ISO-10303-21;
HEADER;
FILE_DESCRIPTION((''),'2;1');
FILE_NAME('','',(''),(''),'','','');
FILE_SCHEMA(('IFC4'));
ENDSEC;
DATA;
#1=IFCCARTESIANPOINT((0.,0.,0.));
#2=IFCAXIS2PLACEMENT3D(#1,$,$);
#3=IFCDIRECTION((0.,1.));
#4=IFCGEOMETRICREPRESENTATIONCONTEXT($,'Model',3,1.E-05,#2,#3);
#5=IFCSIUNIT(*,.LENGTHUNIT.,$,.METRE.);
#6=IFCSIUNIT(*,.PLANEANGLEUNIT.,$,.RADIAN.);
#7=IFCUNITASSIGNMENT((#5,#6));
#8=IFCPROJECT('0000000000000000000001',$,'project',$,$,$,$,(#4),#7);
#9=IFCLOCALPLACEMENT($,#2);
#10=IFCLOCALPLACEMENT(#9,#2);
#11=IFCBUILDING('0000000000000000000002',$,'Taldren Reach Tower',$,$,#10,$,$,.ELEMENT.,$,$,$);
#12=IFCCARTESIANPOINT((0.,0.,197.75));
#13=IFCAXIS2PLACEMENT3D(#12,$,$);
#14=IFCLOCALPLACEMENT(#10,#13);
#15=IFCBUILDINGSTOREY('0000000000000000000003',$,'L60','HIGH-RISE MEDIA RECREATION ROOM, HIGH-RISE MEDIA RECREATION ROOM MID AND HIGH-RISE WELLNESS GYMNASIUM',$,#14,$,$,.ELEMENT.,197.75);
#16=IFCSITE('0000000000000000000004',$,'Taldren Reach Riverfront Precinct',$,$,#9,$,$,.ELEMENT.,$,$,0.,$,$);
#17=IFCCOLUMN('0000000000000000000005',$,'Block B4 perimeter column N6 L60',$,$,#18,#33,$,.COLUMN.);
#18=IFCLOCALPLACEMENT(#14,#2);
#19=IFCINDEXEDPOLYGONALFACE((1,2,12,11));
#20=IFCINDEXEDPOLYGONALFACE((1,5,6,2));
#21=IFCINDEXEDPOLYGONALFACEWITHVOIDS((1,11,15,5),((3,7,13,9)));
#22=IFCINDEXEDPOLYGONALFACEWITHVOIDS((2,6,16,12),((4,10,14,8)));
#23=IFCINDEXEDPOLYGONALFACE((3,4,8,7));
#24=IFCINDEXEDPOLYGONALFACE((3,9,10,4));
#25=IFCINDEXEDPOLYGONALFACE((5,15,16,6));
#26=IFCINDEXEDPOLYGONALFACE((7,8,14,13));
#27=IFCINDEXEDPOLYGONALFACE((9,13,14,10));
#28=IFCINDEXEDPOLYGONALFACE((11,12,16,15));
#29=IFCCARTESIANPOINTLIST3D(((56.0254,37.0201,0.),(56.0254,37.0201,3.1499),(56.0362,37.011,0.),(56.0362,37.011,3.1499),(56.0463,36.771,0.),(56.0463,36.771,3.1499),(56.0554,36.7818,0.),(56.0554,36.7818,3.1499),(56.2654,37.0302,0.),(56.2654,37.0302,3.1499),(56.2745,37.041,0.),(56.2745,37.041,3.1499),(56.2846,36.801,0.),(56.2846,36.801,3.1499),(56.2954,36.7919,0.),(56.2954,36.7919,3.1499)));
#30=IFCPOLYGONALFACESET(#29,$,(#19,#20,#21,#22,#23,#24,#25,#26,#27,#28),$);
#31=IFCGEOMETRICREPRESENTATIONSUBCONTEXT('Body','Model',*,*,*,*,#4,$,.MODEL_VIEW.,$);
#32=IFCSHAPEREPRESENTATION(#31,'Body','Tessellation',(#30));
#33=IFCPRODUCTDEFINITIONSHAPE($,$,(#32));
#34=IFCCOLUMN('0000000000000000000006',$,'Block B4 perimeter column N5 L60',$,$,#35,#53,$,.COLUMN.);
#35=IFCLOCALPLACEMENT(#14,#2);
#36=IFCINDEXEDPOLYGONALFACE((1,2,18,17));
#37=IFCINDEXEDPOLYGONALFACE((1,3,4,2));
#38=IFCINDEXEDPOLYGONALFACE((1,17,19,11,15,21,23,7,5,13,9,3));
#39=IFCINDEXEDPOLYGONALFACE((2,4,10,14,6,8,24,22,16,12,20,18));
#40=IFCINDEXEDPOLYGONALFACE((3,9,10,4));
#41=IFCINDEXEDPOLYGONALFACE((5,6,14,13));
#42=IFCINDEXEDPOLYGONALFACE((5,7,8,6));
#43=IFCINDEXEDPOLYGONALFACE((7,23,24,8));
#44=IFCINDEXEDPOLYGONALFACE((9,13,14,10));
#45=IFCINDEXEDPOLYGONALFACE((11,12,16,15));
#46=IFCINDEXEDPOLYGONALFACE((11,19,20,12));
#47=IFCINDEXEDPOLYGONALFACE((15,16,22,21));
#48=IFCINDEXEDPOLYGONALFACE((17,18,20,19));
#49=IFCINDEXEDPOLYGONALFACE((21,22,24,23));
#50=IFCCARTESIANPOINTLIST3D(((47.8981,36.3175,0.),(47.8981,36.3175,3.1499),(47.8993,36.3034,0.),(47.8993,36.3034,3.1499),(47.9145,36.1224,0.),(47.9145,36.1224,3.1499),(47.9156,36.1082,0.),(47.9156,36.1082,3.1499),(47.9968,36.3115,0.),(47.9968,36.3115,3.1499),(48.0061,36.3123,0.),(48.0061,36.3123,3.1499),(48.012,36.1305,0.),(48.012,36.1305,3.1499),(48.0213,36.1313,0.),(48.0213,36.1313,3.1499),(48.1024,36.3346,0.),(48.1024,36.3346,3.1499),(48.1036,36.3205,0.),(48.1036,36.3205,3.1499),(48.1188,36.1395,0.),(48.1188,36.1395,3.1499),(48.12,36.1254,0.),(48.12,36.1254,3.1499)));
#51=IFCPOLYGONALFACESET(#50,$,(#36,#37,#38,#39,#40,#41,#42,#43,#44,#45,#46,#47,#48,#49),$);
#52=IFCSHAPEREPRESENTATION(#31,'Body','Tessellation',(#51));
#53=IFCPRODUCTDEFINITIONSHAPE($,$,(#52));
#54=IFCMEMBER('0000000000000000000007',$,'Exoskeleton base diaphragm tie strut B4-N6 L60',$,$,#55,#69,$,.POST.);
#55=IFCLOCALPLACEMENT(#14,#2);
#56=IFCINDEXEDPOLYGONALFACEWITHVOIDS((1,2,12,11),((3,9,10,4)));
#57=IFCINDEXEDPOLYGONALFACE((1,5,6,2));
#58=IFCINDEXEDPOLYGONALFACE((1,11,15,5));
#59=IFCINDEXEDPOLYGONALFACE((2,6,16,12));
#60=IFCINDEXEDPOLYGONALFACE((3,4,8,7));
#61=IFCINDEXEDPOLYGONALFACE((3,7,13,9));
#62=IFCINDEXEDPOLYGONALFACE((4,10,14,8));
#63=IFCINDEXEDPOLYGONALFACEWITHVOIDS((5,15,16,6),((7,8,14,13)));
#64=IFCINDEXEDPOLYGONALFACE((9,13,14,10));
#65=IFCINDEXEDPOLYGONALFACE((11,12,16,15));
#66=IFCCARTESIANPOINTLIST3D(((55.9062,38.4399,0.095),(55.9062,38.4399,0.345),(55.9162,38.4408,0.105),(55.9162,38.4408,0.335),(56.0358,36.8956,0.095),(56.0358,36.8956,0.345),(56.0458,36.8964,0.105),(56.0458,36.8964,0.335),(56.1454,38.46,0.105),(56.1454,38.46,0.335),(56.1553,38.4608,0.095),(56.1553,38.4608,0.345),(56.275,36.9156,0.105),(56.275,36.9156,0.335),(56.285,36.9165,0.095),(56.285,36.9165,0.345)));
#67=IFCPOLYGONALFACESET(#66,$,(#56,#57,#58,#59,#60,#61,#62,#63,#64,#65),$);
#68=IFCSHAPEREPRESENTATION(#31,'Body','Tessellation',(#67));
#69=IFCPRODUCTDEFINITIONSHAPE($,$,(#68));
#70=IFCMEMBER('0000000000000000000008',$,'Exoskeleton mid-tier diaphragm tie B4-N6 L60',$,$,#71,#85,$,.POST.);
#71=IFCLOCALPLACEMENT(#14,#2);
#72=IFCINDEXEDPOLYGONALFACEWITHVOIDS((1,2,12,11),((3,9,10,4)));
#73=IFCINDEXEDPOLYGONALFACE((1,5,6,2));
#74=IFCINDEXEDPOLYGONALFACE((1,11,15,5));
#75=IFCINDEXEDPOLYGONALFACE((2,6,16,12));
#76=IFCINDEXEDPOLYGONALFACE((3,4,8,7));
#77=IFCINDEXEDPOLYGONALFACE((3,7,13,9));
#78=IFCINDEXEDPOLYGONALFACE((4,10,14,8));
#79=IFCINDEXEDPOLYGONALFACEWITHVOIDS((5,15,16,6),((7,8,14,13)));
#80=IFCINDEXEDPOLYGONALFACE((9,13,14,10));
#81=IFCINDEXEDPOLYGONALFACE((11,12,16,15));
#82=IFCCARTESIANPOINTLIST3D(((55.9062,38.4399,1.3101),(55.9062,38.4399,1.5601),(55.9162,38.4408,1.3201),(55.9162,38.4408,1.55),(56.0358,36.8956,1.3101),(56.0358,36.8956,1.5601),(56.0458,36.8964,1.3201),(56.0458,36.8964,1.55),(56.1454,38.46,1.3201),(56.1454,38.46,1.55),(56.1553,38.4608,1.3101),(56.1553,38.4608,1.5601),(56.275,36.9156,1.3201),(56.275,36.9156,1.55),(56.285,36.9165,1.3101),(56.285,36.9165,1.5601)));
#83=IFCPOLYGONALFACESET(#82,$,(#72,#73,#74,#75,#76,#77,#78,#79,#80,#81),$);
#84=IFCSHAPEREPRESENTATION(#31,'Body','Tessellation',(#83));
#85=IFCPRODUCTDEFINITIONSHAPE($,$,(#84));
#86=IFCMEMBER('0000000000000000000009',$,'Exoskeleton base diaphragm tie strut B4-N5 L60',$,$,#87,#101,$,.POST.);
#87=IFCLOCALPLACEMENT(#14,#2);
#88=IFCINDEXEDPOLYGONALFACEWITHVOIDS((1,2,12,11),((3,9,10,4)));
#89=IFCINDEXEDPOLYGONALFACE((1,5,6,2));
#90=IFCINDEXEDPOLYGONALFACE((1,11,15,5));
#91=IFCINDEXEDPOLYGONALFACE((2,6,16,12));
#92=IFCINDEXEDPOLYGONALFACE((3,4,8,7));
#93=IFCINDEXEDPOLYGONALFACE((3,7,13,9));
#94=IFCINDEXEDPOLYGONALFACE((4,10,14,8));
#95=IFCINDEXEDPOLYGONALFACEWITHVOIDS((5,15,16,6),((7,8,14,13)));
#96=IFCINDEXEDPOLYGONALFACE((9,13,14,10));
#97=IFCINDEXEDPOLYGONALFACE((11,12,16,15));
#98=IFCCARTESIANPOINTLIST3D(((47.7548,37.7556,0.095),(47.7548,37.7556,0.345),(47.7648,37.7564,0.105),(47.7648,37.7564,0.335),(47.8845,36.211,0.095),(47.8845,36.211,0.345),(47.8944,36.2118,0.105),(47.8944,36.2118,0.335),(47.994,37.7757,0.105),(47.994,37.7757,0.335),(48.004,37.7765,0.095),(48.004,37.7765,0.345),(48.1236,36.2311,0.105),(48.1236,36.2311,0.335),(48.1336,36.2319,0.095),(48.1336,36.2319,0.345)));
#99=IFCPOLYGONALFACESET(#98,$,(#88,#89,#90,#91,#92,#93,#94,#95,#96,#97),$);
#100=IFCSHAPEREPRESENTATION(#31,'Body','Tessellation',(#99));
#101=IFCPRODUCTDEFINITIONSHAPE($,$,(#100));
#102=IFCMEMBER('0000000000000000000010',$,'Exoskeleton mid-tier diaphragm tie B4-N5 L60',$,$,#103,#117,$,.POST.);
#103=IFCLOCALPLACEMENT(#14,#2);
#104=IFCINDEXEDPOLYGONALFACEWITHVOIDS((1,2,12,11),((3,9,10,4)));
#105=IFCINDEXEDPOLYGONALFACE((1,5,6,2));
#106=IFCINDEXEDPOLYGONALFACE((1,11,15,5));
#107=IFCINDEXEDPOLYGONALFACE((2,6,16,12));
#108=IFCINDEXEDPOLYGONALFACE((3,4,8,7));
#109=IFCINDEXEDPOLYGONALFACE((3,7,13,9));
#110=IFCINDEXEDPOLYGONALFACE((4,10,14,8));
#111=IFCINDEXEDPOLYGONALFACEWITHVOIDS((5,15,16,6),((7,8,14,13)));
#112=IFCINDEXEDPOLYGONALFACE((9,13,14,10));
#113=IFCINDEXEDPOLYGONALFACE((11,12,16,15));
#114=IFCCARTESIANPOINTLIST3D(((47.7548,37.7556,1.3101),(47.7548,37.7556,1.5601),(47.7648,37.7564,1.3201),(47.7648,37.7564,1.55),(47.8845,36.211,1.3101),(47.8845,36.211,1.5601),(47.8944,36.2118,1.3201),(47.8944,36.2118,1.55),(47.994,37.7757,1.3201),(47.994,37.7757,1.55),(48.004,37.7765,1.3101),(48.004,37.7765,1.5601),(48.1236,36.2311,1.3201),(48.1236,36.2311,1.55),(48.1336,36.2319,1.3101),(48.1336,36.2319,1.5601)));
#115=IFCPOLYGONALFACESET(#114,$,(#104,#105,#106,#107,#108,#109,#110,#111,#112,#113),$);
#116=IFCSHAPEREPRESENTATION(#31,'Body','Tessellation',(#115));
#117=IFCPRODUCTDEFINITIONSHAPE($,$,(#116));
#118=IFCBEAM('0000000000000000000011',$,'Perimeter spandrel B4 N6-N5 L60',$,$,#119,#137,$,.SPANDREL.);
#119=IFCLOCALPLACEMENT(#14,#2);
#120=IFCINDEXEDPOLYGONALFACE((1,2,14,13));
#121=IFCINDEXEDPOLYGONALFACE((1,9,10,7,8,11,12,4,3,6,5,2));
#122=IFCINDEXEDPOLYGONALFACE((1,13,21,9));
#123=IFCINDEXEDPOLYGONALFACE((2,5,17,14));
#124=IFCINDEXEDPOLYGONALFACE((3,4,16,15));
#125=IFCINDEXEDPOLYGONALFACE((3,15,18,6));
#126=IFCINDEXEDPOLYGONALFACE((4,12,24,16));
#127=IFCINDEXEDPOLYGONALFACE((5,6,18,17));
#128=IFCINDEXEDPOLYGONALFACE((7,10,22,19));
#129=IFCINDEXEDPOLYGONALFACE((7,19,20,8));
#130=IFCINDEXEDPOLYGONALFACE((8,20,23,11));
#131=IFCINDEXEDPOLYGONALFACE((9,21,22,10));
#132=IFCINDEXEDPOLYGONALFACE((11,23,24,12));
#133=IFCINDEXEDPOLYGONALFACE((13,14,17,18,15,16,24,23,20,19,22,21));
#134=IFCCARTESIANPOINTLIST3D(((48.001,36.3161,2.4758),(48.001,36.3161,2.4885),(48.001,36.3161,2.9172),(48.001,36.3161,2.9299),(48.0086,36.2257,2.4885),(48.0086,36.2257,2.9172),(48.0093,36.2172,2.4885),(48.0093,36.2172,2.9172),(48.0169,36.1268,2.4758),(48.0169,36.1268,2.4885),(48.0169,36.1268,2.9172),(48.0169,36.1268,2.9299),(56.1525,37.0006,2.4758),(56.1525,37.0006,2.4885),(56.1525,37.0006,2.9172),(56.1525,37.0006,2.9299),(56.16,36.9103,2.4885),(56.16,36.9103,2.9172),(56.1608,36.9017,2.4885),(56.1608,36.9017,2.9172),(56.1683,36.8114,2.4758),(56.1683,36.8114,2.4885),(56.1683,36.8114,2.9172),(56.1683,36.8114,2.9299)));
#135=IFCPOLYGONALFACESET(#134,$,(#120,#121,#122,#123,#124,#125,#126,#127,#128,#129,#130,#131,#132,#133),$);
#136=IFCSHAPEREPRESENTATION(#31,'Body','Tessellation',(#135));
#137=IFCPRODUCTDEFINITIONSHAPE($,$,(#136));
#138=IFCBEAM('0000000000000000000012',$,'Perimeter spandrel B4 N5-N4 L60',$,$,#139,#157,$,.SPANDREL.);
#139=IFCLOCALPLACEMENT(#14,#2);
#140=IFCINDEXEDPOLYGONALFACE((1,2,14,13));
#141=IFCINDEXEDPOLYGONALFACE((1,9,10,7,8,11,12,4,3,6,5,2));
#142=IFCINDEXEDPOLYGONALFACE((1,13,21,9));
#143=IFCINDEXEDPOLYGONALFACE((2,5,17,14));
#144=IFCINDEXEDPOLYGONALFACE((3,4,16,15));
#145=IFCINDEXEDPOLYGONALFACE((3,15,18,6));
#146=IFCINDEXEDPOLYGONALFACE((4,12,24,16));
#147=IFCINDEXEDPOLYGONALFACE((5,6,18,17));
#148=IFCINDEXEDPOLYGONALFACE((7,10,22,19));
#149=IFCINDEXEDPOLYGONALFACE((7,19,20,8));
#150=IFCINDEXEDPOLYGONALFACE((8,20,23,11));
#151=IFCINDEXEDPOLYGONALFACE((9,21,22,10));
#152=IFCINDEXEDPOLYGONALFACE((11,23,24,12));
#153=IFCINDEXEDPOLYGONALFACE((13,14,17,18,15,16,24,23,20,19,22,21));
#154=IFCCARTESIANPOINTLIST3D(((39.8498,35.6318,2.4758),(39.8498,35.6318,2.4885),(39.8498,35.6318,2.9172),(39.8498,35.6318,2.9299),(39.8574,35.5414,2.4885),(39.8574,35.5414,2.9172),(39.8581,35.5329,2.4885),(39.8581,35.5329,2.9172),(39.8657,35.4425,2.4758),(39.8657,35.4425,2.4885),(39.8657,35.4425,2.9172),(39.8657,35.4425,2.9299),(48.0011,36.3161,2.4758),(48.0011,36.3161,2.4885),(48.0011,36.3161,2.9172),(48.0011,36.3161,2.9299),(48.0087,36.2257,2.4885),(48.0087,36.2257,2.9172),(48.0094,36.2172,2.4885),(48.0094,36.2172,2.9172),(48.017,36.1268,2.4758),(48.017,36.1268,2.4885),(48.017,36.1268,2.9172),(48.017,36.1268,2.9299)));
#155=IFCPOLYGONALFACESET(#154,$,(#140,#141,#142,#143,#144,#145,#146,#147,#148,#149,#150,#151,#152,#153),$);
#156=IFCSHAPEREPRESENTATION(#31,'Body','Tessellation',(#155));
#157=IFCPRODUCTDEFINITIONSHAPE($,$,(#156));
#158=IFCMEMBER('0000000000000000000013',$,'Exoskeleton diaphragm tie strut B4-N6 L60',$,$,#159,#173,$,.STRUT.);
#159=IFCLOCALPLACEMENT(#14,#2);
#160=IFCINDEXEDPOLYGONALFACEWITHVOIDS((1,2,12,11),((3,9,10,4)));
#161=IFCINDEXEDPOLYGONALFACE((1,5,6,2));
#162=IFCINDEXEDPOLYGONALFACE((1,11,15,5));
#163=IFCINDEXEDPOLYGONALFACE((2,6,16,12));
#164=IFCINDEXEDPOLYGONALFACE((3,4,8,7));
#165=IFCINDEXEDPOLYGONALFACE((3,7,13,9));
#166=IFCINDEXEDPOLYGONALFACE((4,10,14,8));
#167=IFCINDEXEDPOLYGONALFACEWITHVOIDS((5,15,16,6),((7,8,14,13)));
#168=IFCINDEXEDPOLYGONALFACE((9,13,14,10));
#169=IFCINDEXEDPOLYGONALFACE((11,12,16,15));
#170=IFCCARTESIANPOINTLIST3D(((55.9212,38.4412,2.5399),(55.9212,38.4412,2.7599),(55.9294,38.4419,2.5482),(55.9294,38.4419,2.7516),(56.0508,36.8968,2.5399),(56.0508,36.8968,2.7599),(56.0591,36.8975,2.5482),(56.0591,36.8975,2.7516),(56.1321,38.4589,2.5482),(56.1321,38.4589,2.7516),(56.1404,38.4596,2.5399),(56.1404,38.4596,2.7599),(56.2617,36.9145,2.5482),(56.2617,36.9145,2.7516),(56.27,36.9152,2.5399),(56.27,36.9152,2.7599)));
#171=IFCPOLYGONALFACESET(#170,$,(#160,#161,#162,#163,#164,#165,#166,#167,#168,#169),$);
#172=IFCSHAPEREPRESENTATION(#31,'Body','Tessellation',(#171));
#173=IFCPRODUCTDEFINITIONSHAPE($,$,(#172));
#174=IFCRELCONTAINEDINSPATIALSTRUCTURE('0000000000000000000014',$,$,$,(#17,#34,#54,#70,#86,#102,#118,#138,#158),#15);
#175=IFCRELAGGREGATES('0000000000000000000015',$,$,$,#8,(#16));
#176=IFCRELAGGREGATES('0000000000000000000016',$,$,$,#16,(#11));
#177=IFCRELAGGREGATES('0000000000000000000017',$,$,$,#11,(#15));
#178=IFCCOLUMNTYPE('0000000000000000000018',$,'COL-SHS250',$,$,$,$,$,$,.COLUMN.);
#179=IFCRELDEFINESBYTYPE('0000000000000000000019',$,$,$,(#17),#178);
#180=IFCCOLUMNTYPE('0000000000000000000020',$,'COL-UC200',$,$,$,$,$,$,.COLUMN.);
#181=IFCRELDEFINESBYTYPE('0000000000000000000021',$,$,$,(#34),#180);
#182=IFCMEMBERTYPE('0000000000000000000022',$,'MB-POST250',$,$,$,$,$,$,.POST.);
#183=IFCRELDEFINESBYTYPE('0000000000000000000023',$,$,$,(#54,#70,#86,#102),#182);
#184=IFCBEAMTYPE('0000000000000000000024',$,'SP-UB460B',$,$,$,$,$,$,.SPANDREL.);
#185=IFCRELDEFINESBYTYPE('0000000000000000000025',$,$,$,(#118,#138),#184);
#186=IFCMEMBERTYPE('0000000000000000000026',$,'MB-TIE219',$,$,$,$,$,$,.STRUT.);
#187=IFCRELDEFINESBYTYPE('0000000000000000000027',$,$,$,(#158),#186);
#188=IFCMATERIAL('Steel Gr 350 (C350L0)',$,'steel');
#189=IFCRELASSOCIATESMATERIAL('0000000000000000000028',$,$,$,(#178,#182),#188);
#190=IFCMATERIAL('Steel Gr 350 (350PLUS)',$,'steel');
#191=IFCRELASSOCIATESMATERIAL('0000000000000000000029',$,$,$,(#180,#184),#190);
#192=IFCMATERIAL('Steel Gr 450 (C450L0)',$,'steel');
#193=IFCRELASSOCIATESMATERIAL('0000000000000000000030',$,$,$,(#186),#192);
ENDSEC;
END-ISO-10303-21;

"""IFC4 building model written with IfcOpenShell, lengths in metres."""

from ifc_helpers import new_model, si_unit, direction, frame, origin, origin_2d, place, context, subcontext, project, spatial, hollow_rectangle, i_section, extrude, source, transform, mapped, material, material_profile, profile_set, type_object, element, save


model = new_model("IFC4")

# Units and contexts
model_context = context("Model", 3, precision=1e-05, world=origin(), true_north=direction((0.0, 1.0)))
body_context = subcontext(model_context, "Body", "Model", "MODEL_VIEW")
ifc_project = project(units=[si_unit("LENGTHUNIT", "METRE"), si_unit("PLANEANGLEUNIT", "RADIAN")], contexts=[model_context])

# Site, building, storey
site_placement = place(None, origin())
site = spatial("IfcSite", under=ifc_project, at=site_placement, Name="Taldren Reach Riverfront Precinct", CompositionType="ELEMENT", RefElevation=0.0)
building_placement = place(site_placement, origin())
building = spatial("IfcBuilding", under=site, at=building_placement, Name="Taldren Reach Tower", CompositionType="ELEMENT")
storey_placement = place(building_placement, frame((0.0, 0.0, 197.75)))
storey = spatial("IfcBuildingStorey", under=building, at=storey_placement, Name="L60", Description="HIGH-RISE MEDIA RECREATION ROOM, HIGH-RISE MEDIA RECREATION ROOM MID AND HIGH-RISE WELLNESS GYMNASIUM", CompositionType="ELEMENT", Elevation=197.75)

# Columns
ifc_material_1 = material(Name="Steel Gr 350 (C350L0)", Category="steel")
ifc_material_profile_1 = material_profile(ifc_material_1, hollow_rectangle(XDim=0.25, YDim=0.25, WallThickness=0.01, at=origin_2d()), Name="250x250x10.0SHS")
ifc_profile_set_1 = profile_set([ifc_material_profile_1], Name="Steel Gr 350 (C350L0)")
column_type_1 = type_object("IfcColumnType", Name="COL-SHS250", PredefinedType="COLUMN", material=ifc_profile_set_1)
shared_shape_1 = source(origin(), body_context, "Body", "SweptSolid", [
    extrude(hollow_rectangle(XDim=0.25, YDim=0.25, WallThickness=0.01, at=origin_2d()), origin(), (0.0, 0.0, 1.0), 3.1499),
])
column_1_placement = place(storey_placement, frame((56.1604, 36.906, 0.0), z_axis=(0.0, 0.0, 1.0), x_axis=(0.996493, 0.083678, 0.0)))
element("IfcColumn", 1, at=column_1_placement, inside=storey, type_object=column_type_1, Name="Block B4 perimeter column N6 L60", PredefinedType="COLUMN", context=body_context, shape_type="MappedRepresentation", body=[
    mapped(shared_shape_1, transform((0.0, 0.0, 0.0), scale=1.0)),
])
ifc_material_2 = material(Name="Steel Gr 350 (350PLUS)", Category="steel")
ifc_material_profile_2 = material_profile(ifc_material_2, i_section(OverallWidth=0.2051, OverallDepth=0.21, WebThickness=0.0093, FlangeThickness=0.0142, at=origin_2d()), Name="200UC59.5")
ifc_profile_set_2 = profile_set([ifc_material_profile_2], Name="Steel Gr 350 (350PLUS)")
column_type_2 = type_object("IfcColumnType", Name="COL-UC200", PredefinedType="COLUMN", material=ifc_profile_set_2)
shared_shape_2 = source(origin(), body_context, "Body", "SweptSolid", [
    extrude(i_section(OverallWidth=0.2051, OverallDepth=0.21, WebThickness=0.0093, FlangeThickness=0.0142, at=origin_2d()), origin(), (0.0, 0.0, 1.0), 3.1499),
])
column_2_placement = place(storey_placement, frame((48.009, 36.2214, 0.0), z_axis=(0.0, 0.0, 1.0), x_axis=(0.996493, 0.083678, 0.0)))
element("IfcColumn", 2, at=column_2_placement, inside=storey, type_object=column_type_2, Name="Block B4 perimeter column N5 L60", PredefinedType="COLUMN", context=body_context, shape_type="MappedRepresentation", body=[
    mapped(shared_shape_2, transform((0.0, 0.0, 0.0), scale=1.0)),
])

# Members
ifc_material_profile_3 = material_profile(ifc_material_1, hollow_rectangle(XDim=0.25, YDim=0.25, WallThickness=0.01, at=origin_2d()), Name="250x250x10.0SHS")
ifc_profile_set_3 = profile_set([ifc_material_profile_3], Name="Steel Gr 350 (C350L0)")
member_type_1 = type_object("IfcMemberType", Name="MB-POST250", PredefinedType="POST", material=ifc_profile_set_3)
shared_shape_3 = source(origin(), body_context, "Body", "SweptSolid", [
    extrude(hollow_rectangle(XDim=0.25, YDim=0.25, WallThickness=0.01, at=origin_2d()), origin(), (0.0, 0.0, 1.0), 1.5498),
])
for number, where, z_axis, x_axis, name in (
    (3, (56.1604, 36.906, 0.22), (-0.083645, 0.996496, 0.0), (-0.996496, -0.083645, 0.0), "Exoskeleton base diaphragm tie strut B4-N6 L60"),
    (4, (56.1604, 36.906, 1.4351), (-0.083645, 0.996496, 0.0), (-0.996496, -0.083645, 0.0), "Exoskeleton mid-tier diaphragm tie B4-N6 L60"),
):
    element("IfcMember", number, at=place(storey_placement, frame(where, z_axis=z_axis, x_axis=x_axis)), inside=storey, type_object=member_type_1, Name=name, PredefinedType="POST", context=body_context, shape_type="MappedRepresentation", body=[
        mapped(shared_shape_3, transform((0.0, 0.0, 0.0), scale=1.0)),
    ])
shared_shape_4 = source(origin(), body_context, "Body", "SweptSolid", [
    extrude(hollow_rectangle(XDim=0.25, YDim=0.25, WallThickness=0.01, at=origin_2d()), origin(), (0.0, 0.0, 1.0), 1.55),
])
for number, where, z_axis, x_axis, name in (
    (5, (48.009, 36.2214, 0.22), (-0.083632, 0.996497, 0.0), (-0.996497, -0.083632, 0.0), "Exoskeleton base diaphragm tie strut B4-N5 L60"),
    (6, (48.009, 36.2214, 1.4351), (-0.083632, 0.996497, 0.0), (-0.996497, -0.083632, 0.0), "Exoskeleton mid-tier diaphragm tie B4-N5 L60"),
):
    element("IfcMember", number, at=place(storey_placement, frame(where, z_axis=z_axis, x_axis=x_axis)), inside=storey, type_object=member_type_1, Name=name, PredefinedType="POST", context=body_context, shape_type="MappedRepresentation", body=[
        mapped(shared_shape_4, transform((0.0, 0.0, 0.0), scale=1.0)),
    ])

# Beams
ifc_material_profile_4 = material_profile(ifc_material_2, i_section(OverallWidth=0.1899, OverallDepth=0.4541, WebThickness=0.0085, FlangeThickness=0.0127, at=origin_2d()), Name="460UB67.1")
ifc_profile_set_4 = profile_set([ifc_material_profile_4], Name="Steel Gr 350 (350PLUS)")
beam_type = type_object("IfcBeamType", Name="SP-UB460B", PredefinedType="SPANDREL", material=ifc_profile_set_4)
shared_shape_5 = source(origin(), body_context, "Body", "SweptSolid", [
    extrude(i_section(OverallWidth=0.1899, OverallDepth=0.4541, WebThickness=0.0085, FlangeThickness=0.0127, at=origin_2d()), origin(), (0.0, 0.0, 1.0), 8.1802),
])
beam_1_placement = place(storey_placement, frame((56.1604, 36.906, 2.7029), z_axis=(-0.996492, -0.083688, 0.0), x_axis=(0.083688, -0.996492, 0.0)))
element("IfcBeam", 7, at=beam_1_placement, inside=storey, type_object=beam_type, Name="Perimeter spandrel B4 N6-N5 L60", PredefinedType="SPANDREL", context=body_context, shape_type="MappedRepresentation", body=[
    mapped(shared_shape_5, transform((0.0, 0.0, 0.0), scale=1.0)),
])
shared_shape_6 = source(origin(), body_context, "Body", "SweptSolid", [
    extrude(i_section(OverallWidth=0.1899, OverallDepth=0.4541, WebThickness=0.0085, FlangeThickness=0.0127, at=origin_2d()), origin(), (0.0, 0.0, 1.0), 8.1799),
])
beam_2_placement = place(storey_placement, frame((48.009, 36.2214, 2.7029), z_axis=(-0.996495, -0.083658, 0.0), x_axis=(0.083658, -0.996495, 0.0)))
element("IfcBeam", 8, at=beam_2_placement, inside=storey, type_object=beam_type, Name="Perimeter spandrel B4 N5-N4 L60", PredefinedType="SPANDREL", context=body_context, shape_type="MappedRepresentation", body=[
    mapped(shared_shape_6, transform((0.0, 0.0, 0.0), scale=1.0)),
])

# Member
ifc_material_3 = material(Name="Steel Gr 450 (C450L0)", Category="steel")
ifc_material_profile_5 = material_profile(ifc_material_3, hollow_rectangle(XDim=0.22, YDim=0.22, WallThickness=0.0083, at=origin_2d()), Name="220x220x8.2SHS")
ifc_profile_set_5 = profile_set([ifc_material_profile_5], Name="Steel Gr 450 (C450L0)")
member_type_2 = type_object("IfcMemberType", Name="MB-TIE219", PredefinedType="STRUT", material=ifc_profile_set_5)
shared_shape_7 = source(origin(), body_context, "Body", "SweptSolid", [
    extrude(hollow_rectangle(XDim=0.22, YDim=0.22, WallThickness=0.0083, at=origin_2d()), origin(), (0.0, 0.0, 1.0), 1.5498),
])
member_1_placement = place(storey_placement, frame((56.1604, 36.906, 2.6499), z_axis=(-0.083645, 0.996496, 0.0), x_axis=(-0.996496, -0.083645, 0.0)))
element("IfcMember", 9, at=member_1_placement, inside=storey, type_object=member_type_2, Name="Exoskeleton diaphragm tie strut B4-N6 L60", PredefinedType="STRUT", context=body_context, shape_type="MappedRepresentation", body=[
    mapped(shared_shape_7, transform((0.0, 0.0, 0.0), scale=1.0)),
])

save(model, "model.ifc")
